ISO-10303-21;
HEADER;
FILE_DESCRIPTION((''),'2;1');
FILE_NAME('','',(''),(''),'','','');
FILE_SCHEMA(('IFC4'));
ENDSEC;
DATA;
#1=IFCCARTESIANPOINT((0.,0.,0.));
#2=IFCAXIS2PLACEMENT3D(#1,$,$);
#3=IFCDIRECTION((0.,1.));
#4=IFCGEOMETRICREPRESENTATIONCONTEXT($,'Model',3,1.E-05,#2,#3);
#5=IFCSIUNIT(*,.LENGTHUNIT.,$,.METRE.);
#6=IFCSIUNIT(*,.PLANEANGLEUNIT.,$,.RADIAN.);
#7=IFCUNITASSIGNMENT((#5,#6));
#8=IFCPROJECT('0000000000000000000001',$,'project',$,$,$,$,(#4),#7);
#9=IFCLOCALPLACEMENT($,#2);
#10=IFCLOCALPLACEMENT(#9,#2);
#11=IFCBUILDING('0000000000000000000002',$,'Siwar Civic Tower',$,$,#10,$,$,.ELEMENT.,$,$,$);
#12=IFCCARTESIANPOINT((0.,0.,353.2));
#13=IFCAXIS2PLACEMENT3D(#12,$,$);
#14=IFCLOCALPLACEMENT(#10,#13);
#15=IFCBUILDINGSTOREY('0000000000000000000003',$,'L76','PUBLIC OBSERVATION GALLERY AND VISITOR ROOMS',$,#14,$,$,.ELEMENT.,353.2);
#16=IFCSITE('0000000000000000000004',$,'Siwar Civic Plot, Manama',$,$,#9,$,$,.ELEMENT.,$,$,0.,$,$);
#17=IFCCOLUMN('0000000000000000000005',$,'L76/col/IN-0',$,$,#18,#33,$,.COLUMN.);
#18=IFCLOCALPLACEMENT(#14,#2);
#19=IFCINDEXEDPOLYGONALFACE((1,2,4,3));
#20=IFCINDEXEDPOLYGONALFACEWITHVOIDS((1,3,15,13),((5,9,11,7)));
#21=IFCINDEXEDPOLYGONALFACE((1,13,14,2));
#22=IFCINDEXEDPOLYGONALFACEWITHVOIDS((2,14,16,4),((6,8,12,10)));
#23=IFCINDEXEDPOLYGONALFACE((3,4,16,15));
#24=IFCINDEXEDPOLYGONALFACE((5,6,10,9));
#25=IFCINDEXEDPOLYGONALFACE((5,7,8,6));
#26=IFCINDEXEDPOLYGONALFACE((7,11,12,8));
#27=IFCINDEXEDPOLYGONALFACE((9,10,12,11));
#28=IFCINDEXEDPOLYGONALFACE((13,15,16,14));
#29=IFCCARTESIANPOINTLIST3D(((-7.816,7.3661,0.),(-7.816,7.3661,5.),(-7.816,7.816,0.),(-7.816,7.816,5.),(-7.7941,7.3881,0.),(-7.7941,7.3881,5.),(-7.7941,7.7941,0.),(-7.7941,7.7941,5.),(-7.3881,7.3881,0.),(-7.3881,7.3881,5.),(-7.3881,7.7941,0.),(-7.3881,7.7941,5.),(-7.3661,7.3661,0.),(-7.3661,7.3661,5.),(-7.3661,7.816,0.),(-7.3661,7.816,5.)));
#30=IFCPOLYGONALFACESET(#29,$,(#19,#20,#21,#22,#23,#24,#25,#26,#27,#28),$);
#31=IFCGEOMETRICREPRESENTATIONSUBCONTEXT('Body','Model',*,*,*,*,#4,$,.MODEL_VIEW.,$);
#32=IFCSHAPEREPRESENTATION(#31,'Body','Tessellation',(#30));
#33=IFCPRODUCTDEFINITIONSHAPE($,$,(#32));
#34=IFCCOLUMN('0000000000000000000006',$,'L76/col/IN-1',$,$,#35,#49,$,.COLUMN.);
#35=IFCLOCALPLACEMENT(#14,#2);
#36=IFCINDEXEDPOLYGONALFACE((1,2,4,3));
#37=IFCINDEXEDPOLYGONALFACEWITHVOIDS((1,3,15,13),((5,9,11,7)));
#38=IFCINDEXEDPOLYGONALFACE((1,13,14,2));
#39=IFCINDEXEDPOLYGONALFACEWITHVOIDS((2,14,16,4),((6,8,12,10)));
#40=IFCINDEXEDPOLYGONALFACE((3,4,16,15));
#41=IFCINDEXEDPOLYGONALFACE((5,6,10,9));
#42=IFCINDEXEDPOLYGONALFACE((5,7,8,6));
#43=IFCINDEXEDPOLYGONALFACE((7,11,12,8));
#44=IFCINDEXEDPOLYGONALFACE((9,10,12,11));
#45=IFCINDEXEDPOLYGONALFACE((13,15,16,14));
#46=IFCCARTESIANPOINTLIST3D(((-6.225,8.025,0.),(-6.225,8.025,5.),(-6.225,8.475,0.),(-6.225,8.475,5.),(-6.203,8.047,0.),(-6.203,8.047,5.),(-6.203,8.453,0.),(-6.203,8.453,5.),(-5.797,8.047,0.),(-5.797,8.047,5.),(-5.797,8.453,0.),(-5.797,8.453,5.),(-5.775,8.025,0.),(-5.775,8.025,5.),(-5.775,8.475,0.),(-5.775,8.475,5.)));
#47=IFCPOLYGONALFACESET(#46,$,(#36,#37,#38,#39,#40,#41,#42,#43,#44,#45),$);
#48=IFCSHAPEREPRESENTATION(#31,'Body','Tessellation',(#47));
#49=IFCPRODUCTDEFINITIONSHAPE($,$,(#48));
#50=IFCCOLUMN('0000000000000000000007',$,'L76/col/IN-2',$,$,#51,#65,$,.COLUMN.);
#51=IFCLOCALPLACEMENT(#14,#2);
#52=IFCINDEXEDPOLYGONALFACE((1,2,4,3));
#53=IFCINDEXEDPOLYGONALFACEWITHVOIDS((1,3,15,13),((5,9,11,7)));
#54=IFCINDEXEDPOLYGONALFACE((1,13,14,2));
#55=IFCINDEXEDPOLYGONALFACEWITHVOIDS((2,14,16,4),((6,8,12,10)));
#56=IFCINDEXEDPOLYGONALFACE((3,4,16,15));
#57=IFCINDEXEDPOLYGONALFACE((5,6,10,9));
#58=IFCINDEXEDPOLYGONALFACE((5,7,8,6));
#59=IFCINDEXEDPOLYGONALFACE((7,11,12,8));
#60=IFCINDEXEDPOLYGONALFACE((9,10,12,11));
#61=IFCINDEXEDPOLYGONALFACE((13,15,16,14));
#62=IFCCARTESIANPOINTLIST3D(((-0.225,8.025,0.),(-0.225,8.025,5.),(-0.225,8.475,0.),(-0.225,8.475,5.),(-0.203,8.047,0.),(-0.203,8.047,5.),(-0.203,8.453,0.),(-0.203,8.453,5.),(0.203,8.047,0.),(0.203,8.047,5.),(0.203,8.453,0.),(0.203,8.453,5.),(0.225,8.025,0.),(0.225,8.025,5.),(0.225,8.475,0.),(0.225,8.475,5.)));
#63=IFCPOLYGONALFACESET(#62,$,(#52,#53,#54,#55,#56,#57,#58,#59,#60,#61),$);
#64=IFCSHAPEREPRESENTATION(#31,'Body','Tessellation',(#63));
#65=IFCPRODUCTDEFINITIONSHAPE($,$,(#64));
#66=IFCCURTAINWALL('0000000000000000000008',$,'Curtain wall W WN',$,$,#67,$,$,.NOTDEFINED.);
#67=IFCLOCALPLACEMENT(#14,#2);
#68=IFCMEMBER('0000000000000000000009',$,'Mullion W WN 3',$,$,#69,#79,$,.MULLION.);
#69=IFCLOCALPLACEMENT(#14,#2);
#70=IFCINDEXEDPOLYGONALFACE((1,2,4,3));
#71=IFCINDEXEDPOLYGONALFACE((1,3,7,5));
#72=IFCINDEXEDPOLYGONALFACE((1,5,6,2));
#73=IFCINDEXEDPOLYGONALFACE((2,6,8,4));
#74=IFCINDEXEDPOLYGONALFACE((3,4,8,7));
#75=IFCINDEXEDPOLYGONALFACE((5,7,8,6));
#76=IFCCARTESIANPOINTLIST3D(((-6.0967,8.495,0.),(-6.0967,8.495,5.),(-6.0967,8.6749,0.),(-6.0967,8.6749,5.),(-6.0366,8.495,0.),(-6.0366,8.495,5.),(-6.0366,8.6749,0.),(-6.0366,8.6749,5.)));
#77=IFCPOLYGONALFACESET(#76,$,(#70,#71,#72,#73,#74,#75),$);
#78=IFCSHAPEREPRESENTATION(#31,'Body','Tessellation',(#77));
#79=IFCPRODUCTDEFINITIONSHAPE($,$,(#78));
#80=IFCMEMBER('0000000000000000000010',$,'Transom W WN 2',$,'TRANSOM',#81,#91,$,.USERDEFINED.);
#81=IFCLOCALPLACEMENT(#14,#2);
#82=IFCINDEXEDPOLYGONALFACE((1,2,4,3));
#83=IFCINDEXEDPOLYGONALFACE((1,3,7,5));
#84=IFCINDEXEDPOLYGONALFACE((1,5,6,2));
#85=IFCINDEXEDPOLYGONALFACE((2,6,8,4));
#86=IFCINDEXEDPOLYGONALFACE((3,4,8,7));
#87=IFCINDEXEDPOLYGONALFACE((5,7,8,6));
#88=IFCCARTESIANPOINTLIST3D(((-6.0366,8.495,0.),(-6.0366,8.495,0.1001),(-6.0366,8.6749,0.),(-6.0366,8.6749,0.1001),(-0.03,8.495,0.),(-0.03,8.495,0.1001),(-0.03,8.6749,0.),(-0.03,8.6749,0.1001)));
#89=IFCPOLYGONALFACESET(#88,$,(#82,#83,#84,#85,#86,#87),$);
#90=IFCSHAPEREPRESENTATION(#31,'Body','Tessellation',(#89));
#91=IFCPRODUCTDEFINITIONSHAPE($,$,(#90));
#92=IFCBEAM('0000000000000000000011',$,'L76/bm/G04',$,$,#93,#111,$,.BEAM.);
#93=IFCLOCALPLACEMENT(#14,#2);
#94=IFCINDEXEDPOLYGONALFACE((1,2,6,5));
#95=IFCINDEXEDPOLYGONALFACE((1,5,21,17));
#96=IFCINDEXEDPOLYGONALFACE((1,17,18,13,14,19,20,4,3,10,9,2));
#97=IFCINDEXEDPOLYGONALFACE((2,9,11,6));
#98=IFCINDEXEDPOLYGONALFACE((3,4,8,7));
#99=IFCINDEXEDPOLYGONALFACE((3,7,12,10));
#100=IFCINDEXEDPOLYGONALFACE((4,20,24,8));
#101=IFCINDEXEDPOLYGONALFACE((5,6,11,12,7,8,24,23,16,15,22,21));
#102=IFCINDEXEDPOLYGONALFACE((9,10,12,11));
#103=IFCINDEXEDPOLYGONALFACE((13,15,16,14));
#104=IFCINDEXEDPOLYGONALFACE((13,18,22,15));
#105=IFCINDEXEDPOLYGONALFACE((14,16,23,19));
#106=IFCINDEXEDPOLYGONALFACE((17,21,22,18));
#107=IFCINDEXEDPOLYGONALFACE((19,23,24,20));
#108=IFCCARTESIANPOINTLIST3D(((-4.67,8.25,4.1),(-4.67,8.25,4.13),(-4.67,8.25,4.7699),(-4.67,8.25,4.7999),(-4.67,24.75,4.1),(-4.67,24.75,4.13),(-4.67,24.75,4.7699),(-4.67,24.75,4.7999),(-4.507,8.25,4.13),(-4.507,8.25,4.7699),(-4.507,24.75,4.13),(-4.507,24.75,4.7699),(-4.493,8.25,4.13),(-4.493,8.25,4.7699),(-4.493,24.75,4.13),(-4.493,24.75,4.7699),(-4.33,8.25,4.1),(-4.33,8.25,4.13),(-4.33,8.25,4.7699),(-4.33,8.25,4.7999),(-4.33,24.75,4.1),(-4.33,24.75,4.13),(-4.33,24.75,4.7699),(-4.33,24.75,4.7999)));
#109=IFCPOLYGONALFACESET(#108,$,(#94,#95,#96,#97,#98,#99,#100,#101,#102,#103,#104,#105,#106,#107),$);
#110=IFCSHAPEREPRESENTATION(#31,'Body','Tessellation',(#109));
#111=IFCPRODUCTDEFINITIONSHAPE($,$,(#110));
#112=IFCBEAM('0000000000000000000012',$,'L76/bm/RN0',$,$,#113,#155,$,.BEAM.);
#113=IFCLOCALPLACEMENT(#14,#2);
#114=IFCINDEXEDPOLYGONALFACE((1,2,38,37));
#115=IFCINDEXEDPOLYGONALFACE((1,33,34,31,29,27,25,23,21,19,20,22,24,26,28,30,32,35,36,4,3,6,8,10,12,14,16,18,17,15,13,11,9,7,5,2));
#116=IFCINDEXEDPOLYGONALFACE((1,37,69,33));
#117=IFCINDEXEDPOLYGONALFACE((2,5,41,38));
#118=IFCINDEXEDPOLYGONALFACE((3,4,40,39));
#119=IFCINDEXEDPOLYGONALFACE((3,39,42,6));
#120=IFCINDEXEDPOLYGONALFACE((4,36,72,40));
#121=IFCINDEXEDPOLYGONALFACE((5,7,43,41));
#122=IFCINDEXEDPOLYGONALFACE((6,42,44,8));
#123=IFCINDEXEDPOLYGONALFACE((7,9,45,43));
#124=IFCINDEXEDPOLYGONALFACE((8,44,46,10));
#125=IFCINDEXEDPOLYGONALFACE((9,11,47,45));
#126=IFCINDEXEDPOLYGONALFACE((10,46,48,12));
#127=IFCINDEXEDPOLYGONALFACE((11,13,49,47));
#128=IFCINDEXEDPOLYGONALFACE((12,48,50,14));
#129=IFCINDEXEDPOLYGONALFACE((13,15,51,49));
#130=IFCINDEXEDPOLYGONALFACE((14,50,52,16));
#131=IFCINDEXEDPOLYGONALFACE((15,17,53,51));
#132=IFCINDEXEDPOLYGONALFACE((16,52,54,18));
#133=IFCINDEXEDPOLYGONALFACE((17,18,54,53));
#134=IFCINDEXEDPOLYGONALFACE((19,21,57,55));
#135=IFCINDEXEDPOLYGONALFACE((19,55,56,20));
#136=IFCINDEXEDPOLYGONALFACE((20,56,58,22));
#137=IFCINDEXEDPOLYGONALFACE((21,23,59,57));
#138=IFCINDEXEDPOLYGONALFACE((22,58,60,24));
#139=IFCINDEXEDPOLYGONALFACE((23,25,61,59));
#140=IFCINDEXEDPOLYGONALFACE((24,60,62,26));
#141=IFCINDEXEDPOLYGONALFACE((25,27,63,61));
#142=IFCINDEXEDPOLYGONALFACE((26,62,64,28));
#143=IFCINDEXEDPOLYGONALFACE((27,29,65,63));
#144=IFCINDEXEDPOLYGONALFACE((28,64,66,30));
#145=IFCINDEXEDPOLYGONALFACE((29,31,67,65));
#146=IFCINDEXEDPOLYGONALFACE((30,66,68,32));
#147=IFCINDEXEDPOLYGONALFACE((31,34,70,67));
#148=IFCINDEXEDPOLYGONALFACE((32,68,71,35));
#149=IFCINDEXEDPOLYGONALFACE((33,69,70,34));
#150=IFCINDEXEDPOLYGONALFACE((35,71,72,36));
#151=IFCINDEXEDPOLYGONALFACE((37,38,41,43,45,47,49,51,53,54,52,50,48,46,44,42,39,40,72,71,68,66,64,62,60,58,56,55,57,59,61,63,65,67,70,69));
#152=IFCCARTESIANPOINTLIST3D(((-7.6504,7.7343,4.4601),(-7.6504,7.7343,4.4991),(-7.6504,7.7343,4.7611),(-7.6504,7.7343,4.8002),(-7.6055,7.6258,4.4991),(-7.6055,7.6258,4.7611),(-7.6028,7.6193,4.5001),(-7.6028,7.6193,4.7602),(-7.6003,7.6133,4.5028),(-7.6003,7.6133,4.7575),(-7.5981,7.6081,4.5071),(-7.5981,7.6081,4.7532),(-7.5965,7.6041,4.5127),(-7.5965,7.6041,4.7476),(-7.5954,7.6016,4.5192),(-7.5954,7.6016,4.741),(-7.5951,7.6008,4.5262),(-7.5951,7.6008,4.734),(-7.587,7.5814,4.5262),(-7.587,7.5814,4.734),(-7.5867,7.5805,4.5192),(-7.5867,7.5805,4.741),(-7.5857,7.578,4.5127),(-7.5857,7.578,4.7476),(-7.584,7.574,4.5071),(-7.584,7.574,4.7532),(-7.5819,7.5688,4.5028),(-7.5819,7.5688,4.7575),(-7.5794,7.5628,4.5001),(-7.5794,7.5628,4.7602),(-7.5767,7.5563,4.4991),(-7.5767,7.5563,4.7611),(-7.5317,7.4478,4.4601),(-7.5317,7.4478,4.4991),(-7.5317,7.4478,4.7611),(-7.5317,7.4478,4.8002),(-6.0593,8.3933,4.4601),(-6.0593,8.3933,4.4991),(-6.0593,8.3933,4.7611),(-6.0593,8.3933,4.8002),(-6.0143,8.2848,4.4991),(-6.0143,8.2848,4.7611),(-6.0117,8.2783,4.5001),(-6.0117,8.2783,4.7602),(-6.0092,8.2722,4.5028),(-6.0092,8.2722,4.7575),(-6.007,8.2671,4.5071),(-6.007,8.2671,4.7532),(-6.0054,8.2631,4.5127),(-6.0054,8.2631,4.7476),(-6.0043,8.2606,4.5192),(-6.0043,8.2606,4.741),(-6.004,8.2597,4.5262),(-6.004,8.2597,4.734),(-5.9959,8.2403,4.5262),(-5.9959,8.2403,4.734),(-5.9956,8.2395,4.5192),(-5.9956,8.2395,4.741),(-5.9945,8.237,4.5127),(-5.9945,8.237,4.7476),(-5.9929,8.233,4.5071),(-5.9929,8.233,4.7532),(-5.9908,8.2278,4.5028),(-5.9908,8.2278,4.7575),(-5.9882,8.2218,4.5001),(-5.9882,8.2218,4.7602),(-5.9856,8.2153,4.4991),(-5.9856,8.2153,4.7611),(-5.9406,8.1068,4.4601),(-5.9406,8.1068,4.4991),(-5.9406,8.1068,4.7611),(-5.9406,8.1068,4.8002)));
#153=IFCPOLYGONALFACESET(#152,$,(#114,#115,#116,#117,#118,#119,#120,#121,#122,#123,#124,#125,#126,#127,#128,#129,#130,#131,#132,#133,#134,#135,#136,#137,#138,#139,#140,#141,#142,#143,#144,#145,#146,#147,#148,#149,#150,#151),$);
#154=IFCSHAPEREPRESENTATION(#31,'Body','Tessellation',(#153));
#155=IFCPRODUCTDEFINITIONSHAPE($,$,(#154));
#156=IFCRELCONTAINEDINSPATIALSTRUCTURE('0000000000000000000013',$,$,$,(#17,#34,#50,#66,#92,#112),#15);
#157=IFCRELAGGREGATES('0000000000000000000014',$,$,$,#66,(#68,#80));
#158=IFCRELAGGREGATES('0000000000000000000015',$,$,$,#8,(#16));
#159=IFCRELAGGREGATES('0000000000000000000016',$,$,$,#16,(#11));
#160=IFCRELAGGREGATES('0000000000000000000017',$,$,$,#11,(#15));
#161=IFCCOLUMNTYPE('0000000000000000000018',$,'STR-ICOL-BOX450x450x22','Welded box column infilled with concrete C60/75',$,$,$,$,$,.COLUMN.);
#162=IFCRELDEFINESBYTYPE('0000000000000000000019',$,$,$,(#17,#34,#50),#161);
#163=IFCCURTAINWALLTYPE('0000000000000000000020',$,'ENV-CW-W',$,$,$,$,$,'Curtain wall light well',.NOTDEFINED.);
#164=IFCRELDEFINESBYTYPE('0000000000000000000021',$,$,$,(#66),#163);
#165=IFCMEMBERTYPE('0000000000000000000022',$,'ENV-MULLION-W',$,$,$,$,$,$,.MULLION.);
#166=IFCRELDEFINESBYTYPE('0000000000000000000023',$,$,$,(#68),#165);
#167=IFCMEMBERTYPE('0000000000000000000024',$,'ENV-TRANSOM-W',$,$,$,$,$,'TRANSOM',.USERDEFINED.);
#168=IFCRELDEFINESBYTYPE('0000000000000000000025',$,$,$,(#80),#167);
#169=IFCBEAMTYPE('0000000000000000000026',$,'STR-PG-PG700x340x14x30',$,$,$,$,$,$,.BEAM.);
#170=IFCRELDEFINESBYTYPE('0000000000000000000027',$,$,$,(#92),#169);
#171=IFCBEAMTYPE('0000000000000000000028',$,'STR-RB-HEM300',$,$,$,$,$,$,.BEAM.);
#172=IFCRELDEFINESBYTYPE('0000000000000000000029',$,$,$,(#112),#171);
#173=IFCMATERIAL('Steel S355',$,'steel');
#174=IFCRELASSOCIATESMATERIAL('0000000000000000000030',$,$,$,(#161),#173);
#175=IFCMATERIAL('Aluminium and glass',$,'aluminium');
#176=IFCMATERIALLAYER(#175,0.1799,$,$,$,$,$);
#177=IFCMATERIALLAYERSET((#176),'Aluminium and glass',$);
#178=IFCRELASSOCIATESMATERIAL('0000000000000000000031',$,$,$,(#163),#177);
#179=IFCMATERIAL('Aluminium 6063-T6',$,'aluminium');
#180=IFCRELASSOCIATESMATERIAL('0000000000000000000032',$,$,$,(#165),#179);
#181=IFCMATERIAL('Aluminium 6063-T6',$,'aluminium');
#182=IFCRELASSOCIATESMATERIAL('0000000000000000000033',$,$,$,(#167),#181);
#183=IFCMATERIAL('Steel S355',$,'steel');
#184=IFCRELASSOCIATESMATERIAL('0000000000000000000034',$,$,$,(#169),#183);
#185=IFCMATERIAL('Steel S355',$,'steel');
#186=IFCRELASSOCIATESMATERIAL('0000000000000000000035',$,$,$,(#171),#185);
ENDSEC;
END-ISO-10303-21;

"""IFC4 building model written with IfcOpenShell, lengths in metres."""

from ifc_helpers import new_model, si_unit, direction, frame, origin, origin_2d, place, context, subcontext, project, spatial, rectangle, hollow_rectangle, i_section, extrude, material, layer, layer_set, material_profile, profile_set, type_object, element, aggregate, save


model = new_model("IFC4")

# Units and contexts
model_context = context("Model", 3, precision=1e-05, world=origin(), true_north=direction((0.0, 1.0)))
body_context = subcontext(model_context, "Body", "Model", "MODEL_VIEW")
ifc_project = project(units=[si_unit("LENGTHUNIT", "METRE"), si_unit("PLANEANGLEUNIT", "RADIAN")], contexts=[model_context])

# Site, building, storey
site_placement = place(None, origin())
site = spatial("IfcSite", under=ifc_project, at=site_placement, Name="Siwar Civic Plot, Manama", CompositionType="ELEMENT", RefElevation=0.0)
building_placement = place(site_placement, origin())
building = spatial("IfcBuilding", under=site, at=building_placement, Name="Siwar Civic Tower", CompositionType="ELEMENT")
storey_placement = place(building_placement, frame((0.0, 0.0, 353.2)))
storey = spatial("IfcBuildingStorey", under=building, at=storey_placement, Name="L76", Description="PUBLIC OBSERVATION GALLERY AND VISITOR ROOMS", CompositionType="ELEMENT", Elevation=353.2)

# Columns
ifc_material_1 = material(Name="Steel S355", Category="steel")
ifc_material_profile_1 = material_profile(ifc_material_1, hollow_rectangle(XDim=0.45, YDim=0.45, WallThickness=0.022, at=origin_2d()), Name="BOX450x450x22")
ifc_profile_set_1 = profile_set([ifc_material_profile_1], Name="Steel S355")
column_type = type_object("IfcColumnType", Name="STR-ICOL-BOX450x450x22", Description="Welded box column infilled with concrete C60/75", PredefinedType="COLUMN", material=ifc_profile_set_1)
for number, where, z_axis, x_axis, name in (
    (1, (-7.5911, 7.5911, 0.0), (0.0, 0.0, 1.0), (1.0, 0.0, 0.0), "L76/col/IN-0"),
    (2, (-6.0, 8.25, 0.0), (0.0, 0.0, 1.0), (1.0, 0.0, 0.0), "L76/col/IN-1"),
    (3, (0.0, 8.25, 0.0), (0.0, 0.0, 1.0), (1.0, 0.0, 0.0), "L76/col/IN-2"),
):
    element("IfcColumn", number, at=place(storey_placement, frame(where, z_axis=z_axis, x_axis=x_axis)), inside=storey, type_object=column_type, Name=name, PredefinedType="COLUMN", context=body_context, shape_type="SweptSolid", body=[
        extrude(hollow_rectangle(XDim=0.45, YDim=0.45, WallThickness=0.022, at=origin_2d()), origin(), (0.0, 0.0, 1.0), 5.0),
    ])

# Curtain wall, members
ifc_material_2 = material(Name="Aluminium and glass", Category="aluminium")
ifc_layer_1 = layer(ifc_material_2, 0.1799)
ifc_layer_set_1 = layer_set([ifc_layer_1], Name="Aluminium and glass")
curtain_wall_type = type_object("IfcCurtainWallType", Name="ENV-CW-W", ElementType="Curtain wall light well", PredefinedType="NOTDEFINED", material=ifc_layer_set_1)
curtain_wall_placement = place(storey_placement, origin())
curtain_wall = element("IfcCurtainWall", 4, at=curtain_wall_placement, inside=storey, type_object=curtain_wall_type, Name="Curtain wall W WN", PredefinedType="NOTDEFINED")
ifc_material_3 = material(Name="Aluminium 6063-T6", Category="aluminium")
ifc_material_profile_2 = material_profile(ifc_material_3, rectangle(XDim=0.1799, YDim=0.0601, at=origin_2d()), Name="AL 180x60")
ifc_profile_set_2 = profile_set([ifc_material_profile_2], Name="Aluminium 6063-T6")
member_type_1 = type_object("IfcMemberType", Name="ENV-MULLION-W", PredefinedType="MULLION", material=ifc_profile_set_2)
member_1_placement = place(storey_placement, frame((-6.0667, 8.585, 0.0), z_axis=(0.0, 0.0, 1.0), x_axis=(0.0, -1.0, 0.0)))
member_1 = element("IfcMember", 5, at=member_1_placement, type_object=member_type_1, Name="Mullion W WN 3", PredefinedType="MULLION", context=body_context, shape_type="SweptSolid", body=[
    extrude(rectangle(XDim=0.1799, YDim=0.0601, at=origin_2d()), origin(), (0.0, 0.0, 1.0), 5.0),
])
ifc_material_4 = material(Name="Aluminium 6063-T6", Category="aluminium")
ifc_material_profile_3 = material_profile(ifc_material_4, rectangle(XDim=0.1799, YDim=0.1001, at=origin_2d()), Name="AL 180x100")
ifc_profile_set_3 = profile_set([ifc_material_profile_3], Name="Aluminium 6063-T6")
member_type_2 = type_object("IfcMemberType", Name="ENV-TRANSOM-W", ElementType="TRANSOM", PredefinedType="USERDEFINED", material=ifc_profile_set_3)
member_2_placement = place(storey_placement, frame((-0.03, 8.585, 0.05), z_axis=(-1.0, 0.0, 0.0), x_axis=(0.0, -1.0, 0.0)))
member_2 = element("IfcMember", 6, at=member_2_placement, type_object=member_type_2, Name="Transom W WN 2", ObjectType="TRANSOM", PredefinedType="USERDEFINED", context=body_context, shape_type="SweptSolid", body=[
    extrude(rectangle(XDim=0.1799, YDim=0.1001, at=origin_2d()), origin(), (0.0, 0.0, 1.0), 6.0066),
])

# Beams
ifc_material_5 = material(Name="Steel S355", Category="steel")
ifc_material_profile_4 = material_profile(ifc_material_5, i_section(OverallWidth=0.3401, OverallDepth=0.7, WebThickness=0.0139, FlangeThickness=0.03, at=origin_2d()), Name="PG700x340x14x30")
ifc_profile_set_4 = profile_set([ifc_material_profile_4], Name="Steel S355")
beam_type_1 = type_object("IfcBeamType", Name="STR-PG-PG700x340x14x30", PredefinedType="BEAM", material=ifc_profile_set_4)
beam_1_placement = place(storey_placement, frame((-4.5, 8.25, 4.45), z_axis=(0.0, 1.0, 0.0), x_axis=(-1.0, 0.0, 0.0)))
element("IfcBeam", 7, at=beam_1_placement, inside=storey, type_object=beam_type_1, Name="L76/bm/G04", PredefinedType="BEAM", context=body_context, shape_type="SweptSolid", body=[
    extrude(i_section(OverallWidth=0.3401, OverallDepth=0.7, WebThickness=0.0139, FlangeThickness=0.03, at=origin_2d()), origin(), (0.0, 0.0, 1.0), 16.5),
])
ifc_material_6 = material(Name="Steel S355", Category="steel")
ifc_material_profile_5 = material_profile(ifc_material_6, i_section(OverallWidth=0.3101, OverallDepth=0.3401, WebThickness=0.021, FlangeThickness=0.0391, FilletRadius=0.0271, at=origin_2d()), Name="HEM300")
ifc_profile_set_5 = profile_set([ifc_material_profile_5], Name="Steel S355")
beam_type_2 = type_object("IfcBeamType", Name="STR-RB-HEM300", PredefinedType="BEAM", material=ifc_profile_set_5)
beam_2_placement = place(storey_placement, frame((-7.5911, 7.5911, 4.6301), z_axis=(0.923901, 0.382631, 0.0), x_axis=(-0.382631, 0.923901, 0.0)))
element("IfcBeam", 8, at=beam_2_placement, inside=storey, type_object=beam_type_2, Name="L76/bm/RN0", PredefinedType="BEAM", context=body_context, shape_type="SweptSolid", body=[
    extrude(i_section(OverallWidth=0.3101, OverallDepth=0.3401, WebThickness=0.021, FlangeThickness=0.0391, FilletRadius=0.0271, at=origin_2d()), origin(), (0.0, 0.0, 1.0), 1.7222),
])

aggregate(curtain_wall, [member_1, member_2])

save(model, "model.ifc")
